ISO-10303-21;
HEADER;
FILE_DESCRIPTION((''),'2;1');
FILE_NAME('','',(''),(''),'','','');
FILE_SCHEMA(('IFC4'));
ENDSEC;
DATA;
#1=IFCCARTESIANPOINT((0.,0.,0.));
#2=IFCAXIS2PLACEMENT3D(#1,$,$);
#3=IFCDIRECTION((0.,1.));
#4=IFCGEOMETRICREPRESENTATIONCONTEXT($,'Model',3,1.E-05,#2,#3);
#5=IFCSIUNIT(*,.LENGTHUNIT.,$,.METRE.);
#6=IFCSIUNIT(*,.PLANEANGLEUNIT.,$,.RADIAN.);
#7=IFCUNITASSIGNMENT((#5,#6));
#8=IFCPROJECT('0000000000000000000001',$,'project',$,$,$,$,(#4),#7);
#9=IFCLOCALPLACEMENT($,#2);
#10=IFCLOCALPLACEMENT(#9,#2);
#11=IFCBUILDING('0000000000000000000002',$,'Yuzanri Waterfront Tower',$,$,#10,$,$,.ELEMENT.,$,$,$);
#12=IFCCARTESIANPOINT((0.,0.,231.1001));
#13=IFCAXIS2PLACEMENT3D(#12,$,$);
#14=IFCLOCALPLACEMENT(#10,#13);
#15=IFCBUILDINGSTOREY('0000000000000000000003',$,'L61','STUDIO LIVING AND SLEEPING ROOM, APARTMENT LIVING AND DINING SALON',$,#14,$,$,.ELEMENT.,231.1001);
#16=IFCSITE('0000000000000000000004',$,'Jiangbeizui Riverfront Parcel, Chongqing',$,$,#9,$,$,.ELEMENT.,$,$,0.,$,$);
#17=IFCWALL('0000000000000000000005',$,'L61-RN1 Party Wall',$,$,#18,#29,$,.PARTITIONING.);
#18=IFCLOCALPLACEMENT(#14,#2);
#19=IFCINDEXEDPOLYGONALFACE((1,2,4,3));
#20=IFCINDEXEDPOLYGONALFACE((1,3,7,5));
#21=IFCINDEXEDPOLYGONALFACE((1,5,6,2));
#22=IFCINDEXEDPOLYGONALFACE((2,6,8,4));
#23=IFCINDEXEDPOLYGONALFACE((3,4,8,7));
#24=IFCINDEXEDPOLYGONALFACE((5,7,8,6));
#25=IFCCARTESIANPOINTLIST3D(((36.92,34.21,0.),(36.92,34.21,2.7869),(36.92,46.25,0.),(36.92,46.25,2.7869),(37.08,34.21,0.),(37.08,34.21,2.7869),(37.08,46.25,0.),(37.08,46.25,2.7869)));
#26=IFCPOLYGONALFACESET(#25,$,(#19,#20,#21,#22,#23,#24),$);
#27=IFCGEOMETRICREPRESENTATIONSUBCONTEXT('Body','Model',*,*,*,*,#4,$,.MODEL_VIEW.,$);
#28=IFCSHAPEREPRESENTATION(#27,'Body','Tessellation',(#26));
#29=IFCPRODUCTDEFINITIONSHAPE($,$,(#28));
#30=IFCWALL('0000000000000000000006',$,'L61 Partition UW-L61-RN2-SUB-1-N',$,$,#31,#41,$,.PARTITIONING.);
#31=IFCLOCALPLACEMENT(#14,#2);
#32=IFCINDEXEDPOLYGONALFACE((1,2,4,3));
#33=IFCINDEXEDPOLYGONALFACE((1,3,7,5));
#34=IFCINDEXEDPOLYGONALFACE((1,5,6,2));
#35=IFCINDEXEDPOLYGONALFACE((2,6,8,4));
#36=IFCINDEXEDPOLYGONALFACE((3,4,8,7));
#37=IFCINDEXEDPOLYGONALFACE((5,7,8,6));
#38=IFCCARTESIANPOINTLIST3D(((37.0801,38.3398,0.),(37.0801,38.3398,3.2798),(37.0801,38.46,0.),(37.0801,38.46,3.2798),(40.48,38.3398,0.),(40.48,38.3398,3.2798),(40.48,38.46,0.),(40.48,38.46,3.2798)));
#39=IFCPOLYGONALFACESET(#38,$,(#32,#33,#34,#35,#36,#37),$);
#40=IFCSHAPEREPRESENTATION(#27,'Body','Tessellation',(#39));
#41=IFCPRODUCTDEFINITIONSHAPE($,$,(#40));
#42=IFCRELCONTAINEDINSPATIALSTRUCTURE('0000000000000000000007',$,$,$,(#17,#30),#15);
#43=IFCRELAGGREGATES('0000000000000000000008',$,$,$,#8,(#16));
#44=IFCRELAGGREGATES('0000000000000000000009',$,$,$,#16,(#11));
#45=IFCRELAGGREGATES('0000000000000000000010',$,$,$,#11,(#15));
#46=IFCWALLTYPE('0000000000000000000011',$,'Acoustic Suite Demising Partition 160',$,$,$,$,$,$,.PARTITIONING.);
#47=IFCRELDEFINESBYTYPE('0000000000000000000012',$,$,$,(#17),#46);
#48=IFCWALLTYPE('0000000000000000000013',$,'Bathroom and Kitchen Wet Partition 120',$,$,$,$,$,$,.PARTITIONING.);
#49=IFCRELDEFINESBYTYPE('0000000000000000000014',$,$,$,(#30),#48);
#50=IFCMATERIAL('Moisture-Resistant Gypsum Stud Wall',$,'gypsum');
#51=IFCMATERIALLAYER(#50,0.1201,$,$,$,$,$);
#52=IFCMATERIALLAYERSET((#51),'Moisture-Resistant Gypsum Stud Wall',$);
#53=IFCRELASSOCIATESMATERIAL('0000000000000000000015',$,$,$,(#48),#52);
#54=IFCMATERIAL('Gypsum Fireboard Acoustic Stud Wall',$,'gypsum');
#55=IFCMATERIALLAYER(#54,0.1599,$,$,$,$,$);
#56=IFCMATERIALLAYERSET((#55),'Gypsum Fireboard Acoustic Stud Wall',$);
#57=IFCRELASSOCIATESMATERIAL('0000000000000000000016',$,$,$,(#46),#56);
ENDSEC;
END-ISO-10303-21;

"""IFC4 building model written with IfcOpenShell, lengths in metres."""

from ifc_helpers import new_model, si_unit, direction, frame, frame_2d, origin, place, context, subcontext, project, spatial, rectangle, extrude, source, transform, mapped, material, layer, layer_set, type_object, element, save


model = new_model("IFC4")

# Units and contexts
model_context = context("Model", 3, precision=1e-05, world=origin(), true_north=direction((0.0, 1.0)))
body_context = subcontext(model_context, "Body", "Model", "MODEL_VIEW")
ifc_project = project(units=[si_unit("LENGTHUNIT", "METRE"), si_unit("PLANEANGLEUNIT", "RADIAN")], contexts=[model_context])

# Site, building, storey
site_placement = place(None, origin())
site = spatial("IfcSite", under=ifc_project, at=site_placement, Name="Jiangbeizui Riverfront Parcel, Chongqing", CompositionType="ELEMENT", RefElevation=0.0)
building_placement = place(site_placement, origin())
building = spatial("IfcBuilding", under=site, at=building_placement, Name="Yuzanri Waterfront Tower", CompositionType="ELEMENT")
storey_placement = place(building_placement, frame((0.0, 0.0, 231.1001)))
storey = spatial("IfcBuildingStorey", under=building, at=storey_placement, Name="L61", Description="STUDIO LIVING AND SLEEPING ROOM, APARTMENT LIVING AND DINING SALON", CompositionType="ELEMENT", Elevation=231.1001)

# Shared definitions
ifc_material_1 = material(Name="Moisture-Resistant Gypsum Stud Wall", Category="gypsum")
ifc_layer_1 = layer(ifc_material_1, 0.1201)
ifc_layer_set_1 = layer_set([ifc_layer_1], Name="Moisture-Resistant Gypsum Stud Wall")
wall_type_1 = type_object("IfcWallType", Name="Bathroom and Kitchen Wet Partition 120", PredefinedType="PARTITIONING", material=ifc_layer_set_1)

# Walls
ifc_material_2 = material(Name="Gypsum Fireboard Acoustic Stud Wall", Category="gypsum")
ifc_layer_2 = layer(ifc_material_2, 0.1599)
ifc_layer_set_2 = layer_set([ifc_layer_2], Name="Gypsum Fireboard Acoustic Stud Wall")
wall_type_2 = type_object("IfcWallType", Name="Acoustic Suite Demising Partition 160", PredefinedType="PARTITIONING", material=ifc_layer_set_2)
shared_shape_1 = source(origin(), body_context, "Body", "SweptSolid", [
    extrude(rectangle(XDim=12.04, YDim=0.1599, at=frame_2d((6.02, 0.0))), origin(), (0.0, 0.0, 1.0), 2.7869),
])
wall_1_placement = place(storey_placement, frame((37.0, 34.21, 0.0), z_axis=(0.0, 0.0, 1.0), x_axis=(0.0, 1.0, 0.0)))
element("IfcWall", 1, at=wall_1_placement, inside=storey, type_object=wall_type_2, Name="L61-RN1 Party Wall", PredefinedType="PARTITIONING", context=body_context, shape_type="MappedRepresentation", body=[
    mapped(shared_shape_1, transform((0.0, 0.0, 0.0), scale=1.0)),
])
shared_shape_2 = source(origin(), body_context, "Body", "SweptSolid", [
    extrude(rectangle(XDim=3.3999, YDim=0.1201, at=frame_2d((1.7, 0.0))), origin(), (0.0, 0.0, 1.0), 3.2798),
])
wall_2_placement = place(storey_placement, frame((37.0801, 38.3999, 0.0), z_axis=(0.0, 0.0, 1.0), x_axis=(1.0, 0.0, 0.0)))
element("IfcWall", 2, at=wall_2_placement, inside=storey, type_object=wall_type_1, Name="L61 Partition UW-L61-RN2-SUB-1-N", PredefinedType="PARTITIONING", context=body_context, shape_type="MappedRepresentation", body=[
    mapped(shared_shape_2, transform((0.0, 0.0, 0.0), scale=1.0)),
])

save(model, "model.ifc")
